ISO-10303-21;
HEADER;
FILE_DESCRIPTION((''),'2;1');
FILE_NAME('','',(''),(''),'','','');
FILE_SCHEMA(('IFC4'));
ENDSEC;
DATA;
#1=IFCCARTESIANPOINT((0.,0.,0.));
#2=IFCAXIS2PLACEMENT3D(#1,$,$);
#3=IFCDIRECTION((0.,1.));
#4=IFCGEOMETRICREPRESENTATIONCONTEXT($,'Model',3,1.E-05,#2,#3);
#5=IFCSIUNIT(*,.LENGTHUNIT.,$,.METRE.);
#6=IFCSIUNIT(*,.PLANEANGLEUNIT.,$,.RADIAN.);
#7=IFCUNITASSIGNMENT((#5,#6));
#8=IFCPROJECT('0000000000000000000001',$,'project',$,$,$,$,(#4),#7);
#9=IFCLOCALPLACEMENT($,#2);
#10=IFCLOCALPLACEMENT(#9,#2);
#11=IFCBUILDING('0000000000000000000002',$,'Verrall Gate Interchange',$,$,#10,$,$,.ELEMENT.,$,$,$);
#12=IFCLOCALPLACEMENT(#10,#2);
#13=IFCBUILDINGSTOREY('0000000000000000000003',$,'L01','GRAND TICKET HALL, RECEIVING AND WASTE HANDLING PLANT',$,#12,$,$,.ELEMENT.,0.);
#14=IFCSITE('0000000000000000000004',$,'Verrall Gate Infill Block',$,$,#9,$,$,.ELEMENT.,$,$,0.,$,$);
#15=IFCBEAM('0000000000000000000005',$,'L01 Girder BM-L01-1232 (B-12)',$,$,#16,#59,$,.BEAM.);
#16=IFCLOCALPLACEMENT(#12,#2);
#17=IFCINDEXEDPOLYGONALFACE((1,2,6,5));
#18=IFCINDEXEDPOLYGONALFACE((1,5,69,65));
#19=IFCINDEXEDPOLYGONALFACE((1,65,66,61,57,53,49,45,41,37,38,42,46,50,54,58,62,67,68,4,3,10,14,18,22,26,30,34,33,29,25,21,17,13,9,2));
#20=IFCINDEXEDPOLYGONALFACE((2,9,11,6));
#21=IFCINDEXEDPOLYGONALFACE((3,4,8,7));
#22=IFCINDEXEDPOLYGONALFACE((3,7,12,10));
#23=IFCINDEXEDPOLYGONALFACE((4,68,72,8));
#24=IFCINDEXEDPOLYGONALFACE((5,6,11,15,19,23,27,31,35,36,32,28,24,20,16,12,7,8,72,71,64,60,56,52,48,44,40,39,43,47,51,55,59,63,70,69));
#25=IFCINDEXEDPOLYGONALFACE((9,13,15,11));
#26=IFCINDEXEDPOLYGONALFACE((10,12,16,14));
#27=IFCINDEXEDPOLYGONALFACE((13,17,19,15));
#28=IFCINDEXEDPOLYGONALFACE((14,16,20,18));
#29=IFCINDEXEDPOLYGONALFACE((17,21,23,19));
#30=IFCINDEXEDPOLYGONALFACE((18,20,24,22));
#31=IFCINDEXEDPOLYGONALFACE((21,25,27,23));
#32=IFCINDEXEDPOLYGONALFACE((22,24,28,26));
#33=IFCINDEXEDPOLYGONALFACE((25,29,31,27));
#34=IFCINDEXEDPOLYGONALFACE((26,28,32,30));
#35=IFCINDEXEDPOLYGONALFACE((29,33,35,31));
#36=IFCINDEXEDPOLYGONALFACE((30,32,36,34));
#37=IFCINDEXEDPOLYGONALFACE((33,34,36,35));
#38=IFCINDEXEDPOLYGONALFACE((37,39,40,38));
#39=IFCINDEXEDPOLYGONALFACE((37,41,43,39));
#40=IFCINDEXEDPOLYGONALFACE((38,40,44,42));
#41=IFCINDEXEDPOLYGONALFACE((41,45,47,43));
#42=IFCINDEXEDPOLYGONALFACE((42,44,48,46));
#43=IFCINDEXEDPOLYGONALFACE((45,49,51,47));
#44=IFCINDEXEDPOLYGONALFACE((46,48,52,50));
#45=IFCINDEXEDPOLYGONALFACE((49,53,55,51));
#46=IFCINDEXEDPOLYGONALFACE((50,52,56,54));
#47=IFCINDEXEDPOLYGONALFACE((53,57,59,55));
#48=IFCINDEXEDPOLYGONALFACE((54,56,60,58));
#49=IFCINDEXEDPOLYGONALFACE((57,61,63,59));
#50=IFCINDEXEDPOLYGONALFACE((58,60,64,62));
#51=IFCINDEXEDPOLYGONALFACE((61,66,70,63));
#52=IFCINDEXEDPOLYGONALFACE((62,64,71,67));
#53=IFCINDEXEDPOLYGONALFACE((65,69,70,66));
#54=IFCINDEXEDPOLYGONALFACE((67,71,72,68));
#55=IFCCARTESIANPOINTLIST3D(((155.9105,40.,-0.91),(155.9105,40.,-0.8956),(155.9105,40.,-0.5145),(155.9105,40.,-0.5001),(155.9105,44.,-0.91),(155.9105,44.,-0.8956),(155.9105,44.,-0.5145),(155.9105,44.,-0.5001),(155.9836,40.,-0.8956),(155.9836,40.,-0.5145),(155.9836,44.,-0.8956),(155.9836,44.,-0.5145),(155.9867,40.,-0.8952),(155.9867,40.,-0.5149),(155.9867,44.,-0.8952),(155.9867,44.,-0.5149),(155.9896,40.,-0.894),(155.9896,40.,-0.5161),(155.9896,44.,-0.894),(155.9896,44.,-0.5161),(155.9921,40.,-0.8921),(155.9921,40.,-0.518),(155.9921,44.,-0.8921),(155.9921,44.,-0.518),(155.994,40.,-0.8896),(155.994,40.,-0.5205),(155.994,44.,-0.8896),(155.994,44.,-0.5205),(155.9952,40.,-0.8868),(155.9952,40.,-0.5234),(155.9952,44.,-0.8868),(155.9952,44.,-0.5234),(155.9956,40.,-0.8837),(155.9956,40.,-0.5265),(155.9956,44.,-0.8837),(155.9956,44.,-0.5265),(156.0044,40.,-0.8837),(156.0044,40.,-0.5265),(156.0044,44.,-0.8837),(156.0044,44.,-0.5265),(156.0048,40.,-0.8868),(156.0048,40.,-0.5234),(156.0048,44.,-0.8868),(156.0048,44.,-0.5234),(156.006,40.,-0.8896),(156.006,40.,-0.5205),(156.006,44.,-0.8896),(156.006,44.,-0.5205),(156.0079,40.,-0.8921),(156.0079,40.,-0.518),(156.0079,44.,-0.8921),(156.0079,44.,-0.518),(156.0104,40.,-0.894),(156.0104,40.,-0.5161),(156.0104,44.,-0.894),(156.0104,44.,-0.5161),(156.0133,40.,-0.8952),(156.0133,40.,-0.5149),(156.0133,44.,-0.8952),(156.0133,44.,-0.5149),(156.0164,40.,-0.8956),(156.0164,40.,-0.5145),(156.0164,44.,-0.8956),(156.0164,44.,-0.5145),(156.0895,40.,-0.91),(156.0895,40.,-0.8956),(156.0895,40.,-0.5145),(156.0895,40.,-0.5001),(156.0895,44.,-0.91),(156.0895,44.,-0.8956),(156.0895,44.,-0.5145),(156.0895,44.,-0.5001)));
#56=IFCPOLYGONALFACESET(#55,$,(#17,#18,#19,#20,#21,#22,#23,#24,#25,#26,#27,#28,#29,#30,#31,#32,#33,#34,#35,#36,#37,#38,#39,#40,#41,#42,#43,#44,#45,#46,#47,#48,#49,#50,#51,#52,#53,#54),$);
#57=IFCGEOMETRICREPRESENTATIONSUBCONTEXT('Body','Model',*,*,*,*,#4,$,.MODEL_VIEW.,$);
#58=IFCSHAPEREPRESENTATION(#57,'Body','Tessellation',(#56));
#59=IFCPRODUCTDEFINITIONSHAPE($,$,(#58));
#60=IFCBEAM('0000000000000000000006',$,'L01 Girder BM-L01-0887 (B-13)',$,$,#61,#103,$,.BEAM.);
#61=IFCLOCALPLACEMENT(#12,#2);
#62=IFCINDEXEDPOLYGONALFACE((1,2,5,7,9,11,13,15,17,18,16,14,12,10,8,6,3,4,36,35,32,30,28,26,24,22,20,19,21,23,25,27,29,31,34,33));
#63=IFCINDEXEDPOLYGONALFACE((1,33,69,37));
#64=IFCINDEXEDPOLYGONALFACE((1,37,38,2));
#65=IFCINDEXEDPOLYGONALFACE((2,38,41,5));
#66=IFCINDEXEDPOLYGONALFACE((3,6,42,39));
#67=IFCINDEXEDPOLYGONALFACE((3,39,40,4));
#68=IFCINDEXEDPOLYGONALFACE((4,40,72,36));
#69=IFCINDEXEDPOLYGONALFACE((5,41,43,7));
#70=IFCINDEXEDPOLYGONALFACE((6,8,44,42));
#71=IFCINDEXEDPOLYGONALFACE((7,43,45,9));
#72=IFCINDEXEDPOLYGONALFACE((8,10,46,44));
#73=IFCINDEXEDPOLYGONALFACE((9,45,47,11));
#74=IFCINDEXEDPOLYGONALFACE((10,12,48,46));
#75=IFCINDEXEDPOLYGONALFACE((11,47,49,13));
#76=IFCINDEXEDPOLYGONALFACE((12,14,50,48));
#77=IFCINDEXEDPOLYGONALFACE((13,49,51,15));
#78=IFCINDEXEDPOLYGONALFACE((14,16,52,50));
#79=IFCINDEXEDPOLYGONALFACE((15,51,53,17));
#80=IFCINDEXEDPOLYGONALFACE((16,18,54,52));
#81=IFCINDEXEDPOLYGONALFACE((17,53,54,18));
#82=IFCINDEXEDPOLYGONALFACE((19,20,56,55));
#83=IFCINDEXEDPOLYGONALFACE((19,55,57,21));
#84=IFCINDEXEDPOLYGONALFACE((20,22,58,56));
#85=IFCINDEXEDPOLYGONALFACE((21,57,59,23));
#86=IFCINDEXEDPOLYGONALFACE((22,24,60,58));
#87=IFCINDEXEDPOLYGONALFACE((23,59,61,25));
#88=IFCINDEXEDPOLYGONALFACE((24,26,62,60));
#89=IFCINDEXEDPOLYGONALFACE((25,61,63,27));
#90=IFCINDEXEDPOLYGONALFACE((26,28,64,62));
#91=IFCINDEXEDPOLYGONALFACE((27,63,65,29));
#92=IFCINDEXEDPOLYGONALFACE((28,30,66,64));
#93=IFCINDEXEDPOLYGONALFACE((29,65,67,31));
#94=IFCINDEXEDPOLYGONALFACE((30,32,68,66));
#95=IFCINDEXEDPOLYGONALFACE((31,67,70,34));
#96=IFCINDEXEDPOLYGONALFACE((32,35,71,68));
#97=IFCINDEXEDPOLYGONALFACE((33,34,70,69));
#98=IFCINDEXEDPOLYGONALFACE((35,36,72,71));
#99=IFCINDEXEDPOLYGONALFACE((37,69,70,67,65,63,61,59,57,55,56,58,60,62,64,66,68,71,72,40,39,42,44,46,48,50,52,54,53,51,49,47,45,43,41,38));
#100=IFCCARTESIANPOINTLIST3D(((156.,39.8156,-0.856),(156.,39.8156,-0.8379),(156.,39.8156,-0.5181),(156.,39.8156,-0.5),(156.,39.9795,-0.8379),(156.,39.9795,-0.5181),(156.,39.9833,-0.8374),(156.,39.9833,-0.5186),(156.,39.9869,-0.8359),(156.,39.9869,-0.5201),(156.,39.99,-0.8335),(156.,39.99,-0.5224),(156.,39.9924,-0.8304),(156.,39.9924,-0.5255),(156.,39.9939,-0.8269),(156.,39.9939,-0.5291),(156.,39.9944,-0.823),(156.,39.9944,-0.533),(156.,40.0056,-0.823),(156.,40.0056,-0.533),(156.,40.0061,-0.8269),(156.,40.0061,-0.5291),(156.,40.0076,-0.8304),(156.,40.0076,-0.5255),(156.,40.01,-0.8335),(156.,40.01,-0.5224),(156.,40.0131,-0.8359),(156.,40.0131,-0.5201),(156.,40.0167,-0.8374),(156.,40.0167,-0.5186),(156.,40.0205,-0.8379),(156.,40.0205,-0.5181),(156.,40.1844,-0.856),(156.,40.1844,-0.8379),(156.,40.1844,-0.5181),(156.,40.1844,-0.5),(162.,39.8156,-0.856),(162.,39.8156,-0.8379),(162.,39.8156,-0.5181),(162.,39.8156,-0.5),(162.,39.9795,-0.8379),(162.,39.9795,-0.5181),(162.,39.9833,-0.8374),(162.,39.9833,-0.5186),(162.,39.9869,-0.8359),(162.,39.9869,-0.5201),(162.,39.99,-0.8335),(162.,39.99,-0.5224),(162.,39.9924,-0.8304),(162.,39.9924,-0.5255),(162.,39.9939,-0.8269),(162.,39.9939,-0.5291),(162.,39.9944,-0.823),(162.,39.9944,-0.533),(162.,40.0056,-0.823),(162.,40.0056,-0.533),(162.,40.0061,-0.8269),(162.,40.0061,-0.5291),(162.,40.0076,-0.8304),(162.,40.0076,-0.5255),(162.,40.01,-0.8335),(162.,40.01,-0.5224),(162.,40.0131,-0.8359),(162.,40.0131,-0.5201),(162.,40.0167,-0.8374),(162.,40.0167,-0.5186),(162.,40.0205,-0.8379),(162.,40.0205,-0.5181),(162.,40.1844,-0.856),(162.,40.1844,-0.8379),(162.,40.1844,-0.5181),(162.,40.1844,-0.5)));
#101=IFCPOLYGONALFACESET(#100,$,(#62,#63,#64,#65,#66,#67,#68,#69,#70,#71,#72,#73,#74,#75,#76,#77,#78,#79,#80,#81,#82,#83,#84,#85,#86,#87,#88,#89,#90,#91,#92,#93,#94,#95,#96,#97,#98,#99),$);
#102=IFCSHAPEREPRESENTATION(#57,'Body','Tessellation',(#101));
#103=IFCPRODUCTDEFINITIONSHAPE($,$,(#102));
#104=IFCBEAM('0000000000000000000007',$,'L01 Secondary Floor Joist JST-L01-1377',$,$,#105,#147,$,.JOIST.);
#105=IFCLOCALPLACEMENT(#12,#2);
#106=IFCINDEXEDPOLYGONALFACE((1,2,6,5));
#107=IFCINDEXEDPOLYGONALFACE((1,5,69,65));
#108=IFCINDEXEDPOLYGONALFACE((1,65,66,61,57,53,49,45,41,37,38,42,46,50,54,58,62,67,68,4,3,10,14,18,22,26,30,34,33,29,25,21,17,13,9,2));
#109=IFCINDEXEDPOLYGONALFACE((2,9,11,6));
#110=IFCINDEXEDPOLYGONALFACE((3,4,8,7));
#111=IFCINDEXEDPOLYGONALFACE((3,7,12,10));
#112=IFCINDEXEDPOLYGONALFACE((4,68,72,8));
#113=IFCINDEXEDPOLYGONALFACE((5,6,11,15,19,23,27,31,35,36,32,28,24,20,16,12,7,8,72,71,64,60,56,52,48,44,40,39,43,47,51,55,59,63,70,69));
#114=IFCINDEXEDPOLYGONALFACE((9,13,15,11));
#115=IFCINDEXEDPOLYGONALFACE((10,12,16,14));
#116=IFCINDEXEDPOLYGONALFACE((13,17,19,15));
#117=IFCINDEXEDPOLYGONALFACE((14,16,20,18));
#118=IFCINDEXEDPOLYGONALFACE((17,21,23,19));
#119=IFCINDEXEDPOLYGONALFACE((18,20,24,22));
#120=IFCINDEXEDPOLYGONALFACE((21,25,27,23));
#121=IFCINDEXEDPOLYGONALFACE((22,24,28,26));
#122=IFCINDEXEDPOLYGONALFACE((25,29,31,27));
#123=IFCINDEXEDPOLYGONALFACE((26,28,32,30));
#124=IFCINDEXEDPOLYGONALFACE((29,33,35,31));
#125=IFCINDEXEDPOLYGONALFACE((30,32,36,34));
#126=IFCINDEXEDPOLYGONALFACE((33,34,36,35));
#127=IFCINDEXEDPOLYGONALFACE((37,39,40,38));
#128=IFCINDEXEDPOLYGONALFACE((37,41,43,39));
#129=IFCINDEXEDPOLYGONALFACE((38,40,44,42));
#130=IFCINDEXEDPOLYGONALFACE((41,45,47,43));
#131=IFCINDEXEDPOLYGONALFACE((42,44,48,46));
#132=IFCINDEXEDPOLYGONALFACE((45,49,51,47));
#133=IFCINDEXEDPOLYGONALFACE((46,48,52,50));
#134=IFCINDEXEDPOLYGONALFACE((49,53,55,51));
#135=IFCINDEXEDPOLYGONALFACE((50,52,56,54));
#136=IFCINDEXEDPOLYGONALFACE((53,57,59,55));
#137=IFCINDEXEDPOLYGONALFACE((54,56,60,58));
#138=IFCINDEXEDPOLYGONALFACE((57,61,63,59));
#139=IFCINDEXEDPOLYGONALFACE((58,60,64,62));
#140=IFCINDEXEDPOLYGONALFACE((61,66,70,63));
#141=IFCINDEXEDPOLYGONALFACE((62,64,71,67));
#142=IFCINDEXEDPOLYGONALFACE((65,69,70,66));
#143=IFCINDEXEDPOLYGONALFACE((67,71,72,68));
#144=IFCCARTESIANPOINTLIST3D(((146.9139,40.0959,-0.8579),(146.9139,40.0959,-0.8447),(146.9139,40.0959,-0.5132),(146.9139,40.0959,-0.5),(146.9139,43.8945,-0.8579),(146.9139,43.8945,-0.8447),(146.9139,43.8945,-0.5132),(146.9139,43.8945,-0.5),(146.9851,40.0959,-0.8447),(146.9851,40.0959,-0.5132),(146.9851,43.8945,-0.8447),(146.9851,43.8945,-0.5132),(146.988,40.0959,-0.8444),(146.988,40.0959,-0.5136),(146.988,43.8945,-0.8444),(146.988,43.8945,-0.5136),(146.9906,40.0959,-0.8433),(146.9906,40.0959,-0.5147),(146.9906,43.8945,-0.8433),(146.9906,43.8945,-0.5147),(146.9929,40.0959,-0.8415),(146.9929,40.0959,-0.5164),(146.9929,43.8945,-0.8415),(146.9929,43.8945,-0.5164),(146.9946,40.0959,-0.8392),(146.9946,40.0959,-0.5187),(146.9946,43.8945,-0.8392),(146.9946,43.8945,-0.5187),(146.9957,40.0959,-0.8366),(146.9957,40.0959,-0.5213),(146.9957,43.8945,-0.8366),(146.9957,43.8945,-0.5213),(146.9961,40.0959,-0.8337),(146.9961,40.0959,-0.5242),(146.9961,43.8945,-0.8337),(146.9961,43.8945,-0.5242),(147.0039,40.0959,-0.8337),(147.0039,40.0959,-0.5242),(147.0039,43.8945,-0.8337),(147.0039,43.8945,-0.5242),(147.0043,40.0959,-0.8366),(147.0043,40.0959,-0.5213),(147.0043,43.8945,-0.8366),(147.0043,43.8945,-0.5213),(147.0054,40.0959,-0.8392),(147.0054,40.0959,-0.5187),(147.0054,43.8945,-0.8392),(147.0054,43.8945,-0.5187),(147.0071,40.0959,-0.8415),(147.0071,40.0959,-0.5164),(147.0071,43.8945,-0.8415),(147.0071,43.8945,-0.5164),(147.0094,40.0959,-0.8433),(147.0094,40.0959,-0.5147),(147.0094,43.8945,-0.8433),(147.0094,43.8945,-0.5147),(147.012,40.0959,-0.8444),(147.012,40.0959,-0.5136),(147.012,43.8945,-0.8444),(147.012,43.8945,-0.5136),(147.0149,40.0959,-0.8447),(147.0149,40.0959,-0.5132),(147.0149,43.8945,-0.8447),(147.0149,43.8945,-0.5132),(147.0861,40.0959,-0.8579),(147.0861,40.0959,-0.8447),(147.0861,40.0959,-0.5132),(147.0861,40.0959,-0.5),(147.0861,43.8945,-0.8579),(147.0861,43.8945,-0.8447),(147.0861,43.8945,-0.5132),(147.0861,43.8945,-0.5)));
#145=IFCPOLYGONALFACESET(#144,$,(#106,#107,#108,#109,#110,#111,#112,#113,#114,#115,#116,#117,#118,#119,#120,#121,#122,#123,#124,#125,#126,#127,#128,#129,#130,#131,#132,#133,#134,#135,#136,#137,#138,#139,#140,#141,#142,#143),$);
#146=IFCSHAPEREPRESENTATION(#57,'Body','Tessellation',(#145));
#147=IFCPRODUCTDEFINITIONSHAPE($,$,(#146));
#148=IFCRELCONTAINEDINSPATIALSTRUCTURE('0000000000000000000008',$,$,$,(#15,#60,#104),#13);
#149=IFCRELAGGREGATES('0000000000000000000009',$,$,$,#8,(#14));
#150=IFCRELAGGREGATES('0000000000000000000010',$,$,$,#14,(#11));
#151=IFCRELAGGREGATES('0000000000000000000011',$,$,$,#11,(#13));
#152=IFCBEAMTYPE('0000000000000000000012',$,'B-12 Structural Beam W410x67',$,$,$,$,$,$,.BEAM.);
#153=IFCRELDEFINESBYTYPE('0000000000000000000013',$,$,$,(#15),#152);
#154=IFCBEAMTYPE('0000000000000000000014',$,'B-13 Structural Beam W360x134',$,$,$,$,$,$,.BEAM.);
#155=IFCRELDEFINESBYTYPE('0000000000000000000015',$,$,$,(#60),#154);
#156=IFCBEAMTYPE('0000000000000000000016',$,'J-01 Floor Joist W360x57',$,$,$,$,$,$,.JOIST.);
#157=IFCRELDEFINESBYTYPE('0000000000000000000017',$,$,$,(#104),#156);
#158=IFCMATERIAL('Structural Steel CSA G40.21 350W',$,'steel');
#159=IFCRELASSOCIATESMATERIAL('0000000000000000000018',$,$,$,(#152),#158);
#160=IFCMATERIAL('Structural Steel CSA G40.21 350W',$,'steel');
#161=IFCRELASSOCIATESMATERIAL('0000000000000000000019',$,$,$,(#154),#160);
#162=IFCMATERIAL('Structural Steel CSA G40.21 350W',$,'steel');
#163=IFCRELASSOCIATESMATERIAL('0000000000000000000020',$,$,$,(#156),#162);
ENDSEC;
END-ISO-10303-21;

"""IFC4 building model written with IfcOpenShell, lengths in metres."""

from ifc_helpers import new_model, si_unit, direction, frame, origin, origin_2d, place, context, subcontext, project, spatial, i_section, extrude, material, material_profile, profile_set, type_object, element, save


model = new_model("IFC4")

# Units and contexts
model_context = context("Model", 3, precision=1e-05, world=origin(), true_north=direction((0.0, 1.0)))
body_context = subcontext(model_context, "Body", "Model", "MODEL_VIEW")
ifc_project = project(units=[si_unit("LENGTHUNIT", "METRE"), si_unit("PLANEANGLEUNIT", "RADIAN")], contexts=[model_context])

# Site, building, storey
site_placement = place(None, origin())
site = spatial("IfcSite", under=ifc_project, at=site_placement, Name="Verrall Gate Infill Block", CompositionType="ELEMENT", RefElevation=0.0)
building_placement = place(site_placement, origin())
building = spatial("IfcBuilding", under=site, at=building_placement, Name="Verrall Gate Interchange", CompositionType="ELEMENT")
storey_placement = place(building_placement, origin())
storey = spatial("IfcBuildingStorey", under=building, at=storey_placement, Name="L01", Description="GRAND TICKET HALL, RECEIVING AND WASTE HANDLING PLANT", CompositionType="ELEMENT", Elevation=0.0)

# Beams
ifc_material_1 = material(Name="Structural Steel CSA G40.21 350W", Category="steel")
ifc_material_profile_1 = material_profile(ifc_material_1, i_section(OverallWidth=0.179, OverallDepth=0.4099, WebThickness=0.0088, FlangeThickness=0.0144, FilletRadius=0.012, at=origin_2d()), Name="W410x67")
ifc_profile_set_1 = profile_set([ifc_material_profile_1], Name="Structural Steel CSA G40.21 350W")
beam_type_1 = type_object("IfcBeamType", Name="B-12 Structural Beam W410x67", PredefinedType="BEAM", material=ifc_profile_set_1)
beam_1_placement = place(storey_placement, frame((156.0, 40.0, -0.7051), z_axis=(0.0, 1.0, 0.0), x_axis=(-1.0, 0.0, 0.0)))
element("IfcBeam", 1, at=beam_1_placement, inside=storey, type_object=beam_type_1, Name="L01 Girder BM-L01-1232 (B-12)", PredefinedType="BEAM", context=body_context, shape_type="SweptSolid", body=[
    extrude(i_section(OverallWidth=0.179, OverallDepth=0.4099, WebThickness=0.0088, FlangeThickness=0.0144, FilletRadius=0.012, at=origin_2d()), origin(), (0.0, 0.0, 1.0), 4.0),
])
ifc_material_2 = material(Name="Structural Steel CSA G40.21 350W", Category="steel")
ifc_material_profile_2 = material_profile(ifc_material_2, i_section(OverallWidth=0.3689, OverallDepth=0.356, WebThickness=0.0112, FlangeThickness=0.0181, FilletRadius=0.0149, at=origin_2d()), Name="W360x134")
ifc_profile_set_2 = profile_set([ifc_material_profile_2], Name="Structural Steel CSA G40.21 350W")
beam_type_2 = type_object("IfcBeamType", Name="B-13 Structural Beam W360x134", PredefinedType="BEAM", material=ifc_profile_set_2)
beam_2_placement = place(storey_placement, frame((156.0, 40.0, -0.678), z_axis=(1.0, 0.0, 0.0), x_axis=(0.0, 1.0, 0.0)))
element("IfcBeam", 2, at=beam_2_placement, inside=storey, type_object=beam_type_2, Name="L01 Girder BM-L01-0887 (B-13)", PredefinedType="BEAM", context=body_context, shape_type="SweptSolid", body=[
    extrude(i_section(OverallWidth=0.3689, OverallDepth=0.356, WebThickness=0.0112, FlangeThickness=0.0181, FilletRadius=0.0149, at=origin_2d()), origin(), (0.0, 0.0, 1.0), 6.0),
])
ifc_material_3 = material(Name="Structural Steel CSA G40.21 350W", Category="steel")
ifc_material_profile_3 = material_profile(ifc_material_3, i_section(OverallWidth=0.1721, OverallDepth=0.3579, WebThickness=0.0078, FlangeThickness=0.0132, FilletRadius=0.011, at=origin_2d()), Name="W360x57")
ifc_profile_set_3 = profile_set([ifc_material_profile_3], Name="Structural Steel CSA G40.21 350W")
beam_type_3 = type_object("IfcBeamType", Name="J-01 Floor Joist W360x57", PredefinedType="JOIST", material=ifc_profile_set_3)
beam_3_placement = place(storey_placement, frame((147.0, 40.0959, -0.679), z_axis=(0.0, 1.0, 0.0), x_axis=(-1.0, 0.0, 0.0)))
element("IfcBeam", 3, at=beam_3_placement, inside=storey, type_object=beam_type_3, Name="L01 Secondary Floor Joist JST-L01-1377", PredefinedType="JOIST", context=body_context, shape_type="SweptSolid", body=[
    extrude(i_section(OverallWidth=0.1721, OverallDepth=0.3579, WebThickness=0.0078, FlangeThickness=0.0132, FilletRadius=0.011, at=origin_2d()), origin(), (0.0, 0.0, 1.0), 3.7986),
])

save(model, "model.ifc")
